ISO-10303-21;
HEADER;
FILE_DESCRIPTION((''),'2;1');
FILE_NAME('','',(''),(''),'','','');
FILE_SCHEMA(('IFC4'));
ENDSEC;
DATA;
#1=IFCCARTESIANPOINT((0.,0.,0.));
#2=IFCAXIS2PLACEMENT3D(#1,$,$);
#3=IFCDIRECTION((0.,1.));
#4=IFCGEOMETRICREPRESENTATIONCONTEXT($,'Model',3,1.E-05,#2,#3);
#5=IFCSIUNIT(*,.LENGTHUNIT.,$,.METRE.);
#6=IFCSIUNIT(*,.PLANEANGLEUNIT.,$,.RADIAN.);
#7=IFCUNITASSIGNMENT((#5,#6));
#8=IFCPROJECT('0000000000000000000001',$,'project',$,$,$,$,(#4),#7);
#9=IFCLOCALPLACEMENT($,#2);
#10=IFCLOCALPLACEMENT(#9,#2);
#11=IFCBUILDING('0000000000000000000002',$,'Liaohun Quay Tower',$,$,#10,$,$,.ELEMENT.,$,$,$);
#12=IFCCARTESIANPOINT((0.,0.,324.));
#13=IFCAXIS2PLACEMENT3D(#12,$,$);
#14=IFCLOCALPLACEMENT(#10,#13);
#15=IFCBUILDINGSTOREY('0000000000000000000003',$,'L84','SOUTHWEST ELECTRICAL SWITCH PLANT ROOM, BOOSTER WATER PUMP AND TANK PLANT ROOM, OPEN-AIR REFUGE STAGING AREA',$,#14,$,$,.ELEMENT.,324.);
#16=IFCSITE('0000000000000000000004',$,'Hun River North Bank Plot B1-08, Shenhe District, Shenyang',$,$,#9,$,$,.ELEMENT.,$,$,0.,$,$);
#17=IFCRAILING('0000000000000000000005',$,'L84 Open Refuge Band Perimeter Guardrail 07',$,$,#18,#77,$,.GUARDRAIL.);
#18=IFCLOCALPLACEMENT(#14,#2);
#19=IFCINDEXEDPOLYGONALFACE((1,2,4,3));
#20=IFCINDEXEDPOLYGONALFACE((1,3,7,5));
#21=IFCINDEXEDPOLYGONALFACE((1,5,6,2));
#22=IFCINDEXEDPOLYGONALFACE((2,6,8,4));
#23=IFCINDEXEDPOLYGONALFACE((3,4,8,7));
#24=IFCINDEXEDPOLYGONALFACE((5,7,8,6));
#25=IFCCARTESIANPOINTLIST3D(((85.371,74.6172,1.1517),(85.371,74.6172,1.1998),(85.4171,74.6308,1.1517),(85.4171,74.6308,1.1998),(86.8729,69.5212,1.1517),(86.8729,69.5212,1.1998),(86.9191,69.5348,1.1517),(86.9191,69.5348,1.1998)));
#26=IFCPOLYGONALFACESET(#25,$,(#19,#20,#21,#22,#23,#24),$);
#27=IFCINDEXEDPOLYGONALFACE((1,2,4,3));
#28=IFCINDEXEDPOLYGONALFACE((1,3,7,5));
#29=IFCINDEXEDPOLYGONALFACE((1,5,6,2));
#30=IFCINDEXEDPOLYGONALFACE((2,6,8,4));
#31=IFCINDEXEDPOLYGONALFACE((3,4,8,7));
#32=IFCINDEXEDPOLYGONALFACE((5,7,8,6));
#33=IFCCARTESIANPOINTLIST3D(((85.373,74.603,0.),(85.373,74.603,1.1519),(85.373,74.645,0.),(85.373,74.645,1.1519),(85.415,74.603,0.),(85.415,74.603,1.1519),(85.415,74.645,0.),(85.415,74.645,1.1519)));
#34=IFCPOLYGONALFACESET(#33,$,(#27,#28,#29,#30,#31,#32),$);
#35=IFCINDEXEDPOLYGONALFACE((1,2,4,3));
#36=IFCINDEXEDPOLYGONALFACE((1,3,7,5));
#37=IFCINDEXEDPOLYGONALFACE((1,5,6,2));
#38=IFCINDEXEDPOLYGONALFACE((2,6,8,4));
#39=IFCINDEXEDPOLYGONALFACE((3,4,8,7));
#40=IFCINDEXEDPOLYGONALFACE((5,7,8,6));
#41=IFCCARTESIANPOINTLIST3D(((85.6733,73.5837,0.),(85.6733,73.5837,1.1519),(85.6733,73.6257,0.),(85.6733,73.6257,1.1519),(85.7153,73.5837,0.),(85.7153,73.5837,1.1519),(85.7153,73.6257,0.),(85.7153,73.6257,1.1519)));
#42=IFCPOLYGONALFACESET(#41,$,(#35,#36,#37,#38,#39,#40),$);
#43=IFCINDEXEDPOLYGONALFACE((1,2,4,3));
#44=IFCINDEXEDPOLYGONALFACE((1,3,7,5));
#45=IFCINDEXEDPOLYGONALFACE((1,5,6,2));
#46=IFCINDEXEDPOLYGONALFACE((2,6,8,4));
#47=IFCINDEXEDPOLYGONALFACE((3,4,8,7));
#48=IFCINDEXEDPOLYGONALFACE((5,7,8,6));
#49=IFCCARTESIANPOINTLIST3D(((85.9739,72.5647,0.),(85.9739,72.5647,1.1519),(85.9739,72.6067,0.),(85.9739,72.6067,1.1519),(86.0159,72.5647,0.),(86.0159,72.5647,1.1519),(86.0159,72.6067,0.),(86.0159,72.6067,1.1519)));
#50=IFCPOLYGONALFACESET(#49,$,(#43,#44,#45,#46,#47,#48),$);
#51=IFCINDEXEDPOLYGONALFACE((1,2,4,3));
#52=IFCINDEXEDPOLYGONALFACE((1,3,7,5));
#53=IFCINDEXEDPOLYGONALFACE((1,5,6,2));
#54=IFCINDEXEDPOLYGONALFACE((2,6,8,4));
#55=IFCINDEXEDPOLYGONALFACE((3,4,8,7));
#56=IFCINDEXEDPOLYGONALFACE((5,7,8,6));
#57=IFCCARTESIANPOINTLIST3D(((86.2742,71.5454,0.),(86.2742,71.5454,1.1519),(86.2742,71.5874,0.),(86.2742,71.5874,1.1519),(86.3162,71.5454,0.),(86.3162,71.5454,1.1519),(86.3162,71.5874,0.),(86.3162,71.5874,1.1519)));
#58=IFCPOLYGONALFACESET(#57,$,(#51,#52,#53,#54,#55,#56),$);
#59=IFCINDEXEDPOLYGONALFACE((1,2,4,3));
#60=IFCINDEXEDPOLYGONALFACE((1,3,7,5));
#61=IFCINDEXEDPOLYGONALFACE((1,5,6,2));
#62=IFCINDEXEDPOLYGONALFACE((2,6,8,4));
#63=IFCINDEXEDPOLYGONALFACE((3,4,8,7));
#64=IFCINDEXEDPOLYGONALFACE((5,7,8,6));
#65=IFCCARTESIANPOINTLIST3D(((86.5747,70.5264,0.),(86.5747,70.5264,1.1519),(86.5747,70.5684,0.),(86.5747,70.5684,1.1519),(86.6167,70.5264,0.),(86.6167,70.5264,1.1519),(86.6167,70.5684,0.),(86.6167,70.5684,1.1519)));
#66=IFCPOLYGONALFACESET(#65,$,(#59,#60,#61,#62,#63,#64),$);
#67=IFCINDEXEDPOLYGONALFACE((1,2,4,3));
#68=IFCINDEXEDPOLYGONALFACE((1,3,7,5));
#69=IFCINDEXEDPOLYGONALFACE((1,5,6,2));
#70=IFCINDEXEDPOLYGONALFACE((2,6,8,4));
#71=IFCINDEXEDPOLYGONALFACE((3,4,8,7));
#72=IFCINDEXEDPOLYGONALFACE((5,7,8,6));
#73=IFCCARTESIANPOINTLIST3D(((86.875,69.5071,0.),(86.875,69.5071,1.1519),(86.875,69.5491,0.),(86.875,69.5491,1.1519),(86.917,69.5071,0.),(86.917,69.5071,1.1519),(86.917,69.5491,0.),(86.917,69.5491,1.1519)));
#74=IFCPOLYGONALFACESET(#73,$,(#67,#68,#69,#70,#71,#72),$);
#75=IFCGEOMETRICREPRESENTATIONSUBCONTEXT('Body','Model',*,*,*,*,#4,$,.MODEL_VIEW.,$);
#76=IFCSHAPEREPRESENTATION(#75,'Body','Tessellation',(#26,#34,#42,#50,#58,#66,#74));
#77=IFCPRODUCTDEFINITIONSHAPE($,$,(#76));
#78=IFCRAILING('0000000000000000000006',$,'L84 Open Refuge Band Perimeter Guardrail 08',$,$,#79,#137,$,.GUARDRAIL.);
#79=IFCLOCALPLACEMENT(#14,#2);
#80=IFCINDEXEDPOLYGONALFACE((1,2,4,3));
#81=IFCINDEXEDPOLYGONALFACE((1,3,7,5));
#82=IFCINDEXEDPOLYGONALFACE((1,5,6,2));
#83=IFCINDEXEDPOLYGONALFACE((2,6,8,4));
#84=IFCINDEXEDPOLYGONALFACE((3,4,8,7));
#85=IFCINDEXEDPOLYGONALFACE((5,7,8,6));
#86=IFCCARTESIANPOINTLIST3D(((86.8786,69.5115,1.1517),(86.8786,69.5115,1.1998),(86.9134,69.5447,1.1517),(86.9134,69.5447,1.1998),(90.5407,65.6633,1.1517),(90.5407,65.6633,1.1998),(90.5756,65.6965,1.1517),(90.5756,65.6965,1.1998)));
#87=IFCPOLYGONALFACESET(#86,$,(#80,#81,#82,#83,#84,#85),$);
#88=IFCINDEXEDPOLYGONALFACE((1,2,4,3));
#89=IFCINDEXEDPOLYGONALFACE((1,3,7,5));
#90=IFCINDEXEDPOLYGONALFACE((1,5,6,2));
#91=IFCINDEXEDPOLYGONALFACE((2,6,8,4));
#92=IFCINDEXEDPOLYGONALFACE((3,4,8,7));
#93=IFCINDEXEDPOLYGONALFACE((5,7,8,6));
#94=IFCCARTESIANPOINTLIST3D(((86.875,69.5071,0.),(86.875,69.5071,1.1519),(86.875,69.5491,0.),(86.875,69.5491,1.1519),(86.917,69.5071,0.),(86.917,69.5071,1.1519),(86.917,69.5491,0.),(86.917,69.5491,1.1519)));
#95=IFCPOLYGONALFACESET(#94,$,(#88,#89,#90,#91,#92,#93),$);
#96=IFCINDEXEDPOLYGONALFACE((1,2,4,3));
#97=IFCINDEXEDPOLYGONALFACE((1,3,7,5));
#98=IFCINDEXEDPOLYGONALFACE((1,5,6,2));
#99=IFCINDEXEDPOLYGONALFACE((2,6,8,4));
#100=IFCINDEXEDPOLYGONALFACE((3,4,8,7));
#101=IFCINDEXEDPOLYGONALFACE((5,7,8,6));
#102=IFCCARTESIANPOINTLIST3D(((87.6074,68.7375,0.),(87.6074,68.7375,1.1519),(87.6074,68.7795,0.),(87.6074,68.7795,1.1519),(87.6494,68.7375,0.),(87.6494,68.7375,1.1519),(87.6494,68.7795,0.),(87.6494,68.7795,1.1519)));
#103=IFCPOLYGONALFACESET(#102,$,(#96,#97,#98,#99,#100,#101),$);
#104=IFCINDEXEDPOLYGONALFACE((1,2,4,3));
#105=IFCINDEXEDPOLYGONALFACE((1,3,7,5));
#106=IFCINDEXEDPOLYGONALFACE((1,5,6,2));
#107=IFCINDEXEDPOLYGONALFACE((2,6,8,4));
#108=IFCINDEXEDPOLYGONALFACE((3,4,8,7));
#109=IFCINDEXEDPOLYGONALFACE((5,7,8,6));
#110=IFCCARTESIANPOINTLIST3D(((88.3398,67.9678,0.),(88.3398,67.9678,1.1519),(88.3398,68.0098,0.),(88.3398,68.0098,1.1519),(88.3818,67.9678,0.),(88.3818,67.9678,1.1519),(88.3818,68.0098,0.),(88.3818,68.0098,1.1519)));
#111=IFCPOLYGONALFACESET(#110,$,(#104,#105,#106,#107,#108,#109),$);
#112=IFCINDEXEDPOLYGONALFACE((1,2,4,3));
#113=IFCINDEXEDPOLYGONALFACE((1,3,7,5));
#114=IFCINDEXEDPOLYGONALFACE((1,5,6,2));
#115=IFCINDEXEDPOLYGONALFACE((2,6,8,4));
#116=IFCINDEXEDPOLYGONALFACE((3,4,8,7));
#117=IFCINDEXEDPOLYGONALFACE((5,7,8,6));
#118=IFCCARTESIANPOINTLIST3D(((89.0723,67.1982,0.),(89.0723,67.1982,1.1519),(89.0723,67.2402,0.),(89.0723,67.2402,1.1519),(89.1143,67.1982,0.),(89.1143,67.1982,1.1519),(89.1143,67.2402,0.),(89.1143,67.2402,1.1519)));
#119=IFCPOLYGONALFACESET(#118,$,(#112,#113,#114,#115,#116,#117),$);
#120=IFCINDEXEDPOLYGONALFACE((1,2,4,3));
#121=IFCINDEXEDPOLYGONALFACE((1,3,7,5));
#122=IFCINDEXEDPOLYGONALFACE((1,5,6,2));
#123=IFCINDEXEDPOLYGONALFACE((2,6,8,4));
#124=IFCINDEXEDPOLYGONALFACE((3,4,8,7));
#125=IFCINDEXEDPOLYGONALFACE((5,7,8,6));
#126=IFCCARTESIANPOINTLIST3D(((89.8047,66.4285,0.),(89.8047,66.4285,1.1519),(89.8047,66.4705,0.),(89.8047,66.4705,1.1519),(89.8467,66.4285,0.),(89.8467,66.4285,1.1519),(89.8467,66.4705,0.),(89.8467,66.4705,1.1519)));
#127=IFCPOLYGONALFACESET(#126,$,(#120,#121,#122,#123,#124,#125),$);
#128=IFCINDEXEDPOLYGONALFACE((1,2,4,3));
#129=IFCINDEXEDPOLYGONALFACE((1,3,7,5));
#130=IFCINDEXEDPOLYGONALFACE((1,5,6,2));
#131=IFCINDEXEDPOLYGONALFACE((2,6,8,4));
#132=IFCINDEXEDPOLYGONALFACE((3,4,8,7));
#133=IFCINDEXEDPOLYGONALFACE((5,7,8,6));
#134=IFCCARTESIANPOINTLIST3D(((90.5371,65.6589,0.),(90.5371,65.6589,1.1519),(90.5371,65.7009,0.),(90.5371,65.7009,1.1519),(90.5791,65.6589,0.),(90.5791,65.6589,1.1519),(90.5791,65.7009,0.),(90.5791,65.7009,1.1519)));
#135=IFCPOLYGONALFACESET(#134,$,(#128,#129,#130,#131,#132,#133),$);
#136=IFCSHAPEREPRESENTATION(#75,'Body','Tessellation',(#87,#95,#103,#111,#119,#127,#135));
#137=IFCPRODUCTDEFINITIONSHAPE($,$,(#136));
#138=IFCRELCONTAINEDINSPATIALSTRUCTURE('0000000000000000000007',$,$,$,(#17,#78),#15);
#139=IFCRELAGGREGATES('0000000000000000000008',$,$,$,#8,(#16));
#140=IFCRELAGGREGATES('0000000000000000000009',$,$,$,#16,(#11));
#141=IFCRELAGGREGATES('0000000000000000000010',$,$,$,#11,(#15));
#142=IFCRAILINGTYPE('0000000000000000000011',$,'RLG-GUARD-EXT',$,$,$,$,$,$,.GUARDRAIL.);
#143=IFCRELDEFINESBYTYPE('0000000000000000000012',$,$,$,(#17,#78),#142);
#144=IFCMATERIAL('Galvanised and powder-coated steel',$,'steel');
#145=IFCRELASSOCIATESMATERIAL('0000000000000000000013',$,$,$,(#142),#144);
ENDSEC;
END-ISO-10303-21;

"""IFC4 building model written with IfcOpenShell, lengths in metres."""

from ifc_helpers import new_model, si_unit, direction, frame, origin, origin_2d, place, context, subcontext, project, spatial, rectangle, extrude, material, type_object, element, save


model = new_model("IFC4")

# Units and contexts
model_context = context("Model", 3, precision=1e-05, world=origin(), true_north=direction((0.0, 1.0)))
body_context = subcontext(model_context, "Body", "Model", "MODEL_VIEW")
ifc_project = project(units=[si_unit("LENGTHUNIT", "METRE"), si_unit("PLANEANGLEUNIT", "RADIAN")], contexts=[model_context])

# Site, building, storey
site_placement = place(None, origin())
site = spatial("IfcSite", under=ifc_project, at=site_placement, Name="Hun River North Bank Plot B1-08, Shenhe District, Shenyang", CompositionType="ELEMENT", RefElevation=0.0)
building_placement = place(site_placement, origin())
building = spatial("IfcBuilding", under=site, at=building_placement, Name="Liaohun Quay Tower", CompositionType="ELEMENT")
storey_placement = place(building_placement, frame((0.0, 0.0, 324.0)))
storey = spatial("IfcBuildingStorey", under=building, at=storey_placement, Name="L84", Description="SOUTHWEST ELECTRICAL SWITCH PLANT ROOM, BOOSTER WATER PUMP AND TANK PLANT ROOM, OPEN-AIR REFUGE STAGING AREA", CompositionType="ELEMENT", Elevation=324.0)

# Railings
ifc_material_1 = material(Name="Galvanised and powder-coated steel", Category="steel")
railing_type = type_object("IfcRailingType", Name="RLG-GUARD-EXT", PredefinedType="GUARDRAIL", material=ifc_material_1)
railing_1_placement = place(storey_placement, frame((85.394, 74.624, 0.0)))
element("IfcRailing", 1, at=railing_1_placement, inside=storey, type_object=railing_type, Name="L84 Open Refuge Band Perimeter Guardrail 07", PredefinedType="GUARDRAIL", context=body_context, shape_type="SweptSolid", body=[
    extrude(rectangle(XDim=0.0481, YDim=0.0481, at=origin_2d()), frame((0.0, 0.0, 1.1758), z_axis=(0.282711, -0.959205, 0.0), x_axis=(0.959205, 0.282711, 0.0)), (0.0, 0.0, 1.0), 5.3127),
    extrude(rectangle(XDim=0.042, YDim=0.042, at=origin_2d()), origin(), (0.0, 0.0, 1.0), 1.1519),
    extrude(rectangle(XDim=0.042, YDim=0.042, at=origin_2d()), frame((0.3003, -1.0193, 0.0)), (0.0, 0.0, 1.0), 1.1519),
    extrude(rectangle(XDim=0.042, YDim=0.042, at=origin_2d()), frame((0.6008, -2.0383, 0.0)), (0.0, 0.0, 1.0), 1.1519),
    extrude(rectangle(XDim=0.042, YDim=0.042, at=origin_2d()), frame((0.9011, -3.0576, 0.0)), (0.0, 0.0, 1.0), 1.1519),
    extrude(rectangle(XDim=0.042, YDim=0.042, at=origin_2d()), frame((1.2017, -4.0767, 0.0)), (0.0, 0.0, 1.0), 1.1519),
    extrude(rectangle(XDim=0.042, YDim=0.042, at=origin_2d()), frame((1.502, -5.0959, 0.0)), (0.0, 0.0, 1.0), 1.1519),
])
railing_2_placement = place(storey_placement, frame((86.896, 69.5281, 0.0)))
element("IfcRailing", 2, at=railing_2_placement, inside=storey, type_object=railing_type, Name="L84 Open Refuge Band Perimeter Guardrail 08", PredefinedType="GUARDRAIL", context=body_context, shape_type="SweptSolid", body=[
    extrude(rectangle(XDim=0.0481, YDim=0.0481, at=origin_2d()), frame((0.0, 0.0, 1.1758), z_axis=(0.68938, -0.7244, 0.0), x_axis=(0.7244, 0.68938, 0.0)), (0.0, 0.0, 1.0), 5.3123),
    extrude(rectangle(XDim=0.042, YDim=0.042, at=origin_2d()), origin(), (0.0, 0.0, 1.0), 1.1519),
    extrude(rectangle(XDim=0.042, YDim=0.042, at=origin_2d()), frame((0.7324, -0.7695, 0.0)), (0.0, 0.0, 1.0), 1.1519),
    extrude(rectangle(XDim=0.042, YDim=0.042, at=origin_2d()), frame((1.4648, -1.5393, 0.0)), (0.0, 0.0, 1.0), 1.1519),
    extrude(rectangle(XDim=0.042, YDim=0.042, at=origin_2d()), frame((2.1973, -2.3088, 0.0)), (0.0, 0.0, 1.0), 1.1519),
    extrude(rectangle(XDim=0.042, YDim=0.042, at=origin_2d()), frame((2.9297, -3.0786, 0.0)), (0.0, 0.0, 1.0), 1.1519),
    extrude(rectangle(XDim=0.042, YDim=0.042, at=origin_2d()), frame((3.6621, -3.8481, 0.0)), (0.0, 0.0, 1.0), 1.1519),
])

save(model, "model.ifc")
